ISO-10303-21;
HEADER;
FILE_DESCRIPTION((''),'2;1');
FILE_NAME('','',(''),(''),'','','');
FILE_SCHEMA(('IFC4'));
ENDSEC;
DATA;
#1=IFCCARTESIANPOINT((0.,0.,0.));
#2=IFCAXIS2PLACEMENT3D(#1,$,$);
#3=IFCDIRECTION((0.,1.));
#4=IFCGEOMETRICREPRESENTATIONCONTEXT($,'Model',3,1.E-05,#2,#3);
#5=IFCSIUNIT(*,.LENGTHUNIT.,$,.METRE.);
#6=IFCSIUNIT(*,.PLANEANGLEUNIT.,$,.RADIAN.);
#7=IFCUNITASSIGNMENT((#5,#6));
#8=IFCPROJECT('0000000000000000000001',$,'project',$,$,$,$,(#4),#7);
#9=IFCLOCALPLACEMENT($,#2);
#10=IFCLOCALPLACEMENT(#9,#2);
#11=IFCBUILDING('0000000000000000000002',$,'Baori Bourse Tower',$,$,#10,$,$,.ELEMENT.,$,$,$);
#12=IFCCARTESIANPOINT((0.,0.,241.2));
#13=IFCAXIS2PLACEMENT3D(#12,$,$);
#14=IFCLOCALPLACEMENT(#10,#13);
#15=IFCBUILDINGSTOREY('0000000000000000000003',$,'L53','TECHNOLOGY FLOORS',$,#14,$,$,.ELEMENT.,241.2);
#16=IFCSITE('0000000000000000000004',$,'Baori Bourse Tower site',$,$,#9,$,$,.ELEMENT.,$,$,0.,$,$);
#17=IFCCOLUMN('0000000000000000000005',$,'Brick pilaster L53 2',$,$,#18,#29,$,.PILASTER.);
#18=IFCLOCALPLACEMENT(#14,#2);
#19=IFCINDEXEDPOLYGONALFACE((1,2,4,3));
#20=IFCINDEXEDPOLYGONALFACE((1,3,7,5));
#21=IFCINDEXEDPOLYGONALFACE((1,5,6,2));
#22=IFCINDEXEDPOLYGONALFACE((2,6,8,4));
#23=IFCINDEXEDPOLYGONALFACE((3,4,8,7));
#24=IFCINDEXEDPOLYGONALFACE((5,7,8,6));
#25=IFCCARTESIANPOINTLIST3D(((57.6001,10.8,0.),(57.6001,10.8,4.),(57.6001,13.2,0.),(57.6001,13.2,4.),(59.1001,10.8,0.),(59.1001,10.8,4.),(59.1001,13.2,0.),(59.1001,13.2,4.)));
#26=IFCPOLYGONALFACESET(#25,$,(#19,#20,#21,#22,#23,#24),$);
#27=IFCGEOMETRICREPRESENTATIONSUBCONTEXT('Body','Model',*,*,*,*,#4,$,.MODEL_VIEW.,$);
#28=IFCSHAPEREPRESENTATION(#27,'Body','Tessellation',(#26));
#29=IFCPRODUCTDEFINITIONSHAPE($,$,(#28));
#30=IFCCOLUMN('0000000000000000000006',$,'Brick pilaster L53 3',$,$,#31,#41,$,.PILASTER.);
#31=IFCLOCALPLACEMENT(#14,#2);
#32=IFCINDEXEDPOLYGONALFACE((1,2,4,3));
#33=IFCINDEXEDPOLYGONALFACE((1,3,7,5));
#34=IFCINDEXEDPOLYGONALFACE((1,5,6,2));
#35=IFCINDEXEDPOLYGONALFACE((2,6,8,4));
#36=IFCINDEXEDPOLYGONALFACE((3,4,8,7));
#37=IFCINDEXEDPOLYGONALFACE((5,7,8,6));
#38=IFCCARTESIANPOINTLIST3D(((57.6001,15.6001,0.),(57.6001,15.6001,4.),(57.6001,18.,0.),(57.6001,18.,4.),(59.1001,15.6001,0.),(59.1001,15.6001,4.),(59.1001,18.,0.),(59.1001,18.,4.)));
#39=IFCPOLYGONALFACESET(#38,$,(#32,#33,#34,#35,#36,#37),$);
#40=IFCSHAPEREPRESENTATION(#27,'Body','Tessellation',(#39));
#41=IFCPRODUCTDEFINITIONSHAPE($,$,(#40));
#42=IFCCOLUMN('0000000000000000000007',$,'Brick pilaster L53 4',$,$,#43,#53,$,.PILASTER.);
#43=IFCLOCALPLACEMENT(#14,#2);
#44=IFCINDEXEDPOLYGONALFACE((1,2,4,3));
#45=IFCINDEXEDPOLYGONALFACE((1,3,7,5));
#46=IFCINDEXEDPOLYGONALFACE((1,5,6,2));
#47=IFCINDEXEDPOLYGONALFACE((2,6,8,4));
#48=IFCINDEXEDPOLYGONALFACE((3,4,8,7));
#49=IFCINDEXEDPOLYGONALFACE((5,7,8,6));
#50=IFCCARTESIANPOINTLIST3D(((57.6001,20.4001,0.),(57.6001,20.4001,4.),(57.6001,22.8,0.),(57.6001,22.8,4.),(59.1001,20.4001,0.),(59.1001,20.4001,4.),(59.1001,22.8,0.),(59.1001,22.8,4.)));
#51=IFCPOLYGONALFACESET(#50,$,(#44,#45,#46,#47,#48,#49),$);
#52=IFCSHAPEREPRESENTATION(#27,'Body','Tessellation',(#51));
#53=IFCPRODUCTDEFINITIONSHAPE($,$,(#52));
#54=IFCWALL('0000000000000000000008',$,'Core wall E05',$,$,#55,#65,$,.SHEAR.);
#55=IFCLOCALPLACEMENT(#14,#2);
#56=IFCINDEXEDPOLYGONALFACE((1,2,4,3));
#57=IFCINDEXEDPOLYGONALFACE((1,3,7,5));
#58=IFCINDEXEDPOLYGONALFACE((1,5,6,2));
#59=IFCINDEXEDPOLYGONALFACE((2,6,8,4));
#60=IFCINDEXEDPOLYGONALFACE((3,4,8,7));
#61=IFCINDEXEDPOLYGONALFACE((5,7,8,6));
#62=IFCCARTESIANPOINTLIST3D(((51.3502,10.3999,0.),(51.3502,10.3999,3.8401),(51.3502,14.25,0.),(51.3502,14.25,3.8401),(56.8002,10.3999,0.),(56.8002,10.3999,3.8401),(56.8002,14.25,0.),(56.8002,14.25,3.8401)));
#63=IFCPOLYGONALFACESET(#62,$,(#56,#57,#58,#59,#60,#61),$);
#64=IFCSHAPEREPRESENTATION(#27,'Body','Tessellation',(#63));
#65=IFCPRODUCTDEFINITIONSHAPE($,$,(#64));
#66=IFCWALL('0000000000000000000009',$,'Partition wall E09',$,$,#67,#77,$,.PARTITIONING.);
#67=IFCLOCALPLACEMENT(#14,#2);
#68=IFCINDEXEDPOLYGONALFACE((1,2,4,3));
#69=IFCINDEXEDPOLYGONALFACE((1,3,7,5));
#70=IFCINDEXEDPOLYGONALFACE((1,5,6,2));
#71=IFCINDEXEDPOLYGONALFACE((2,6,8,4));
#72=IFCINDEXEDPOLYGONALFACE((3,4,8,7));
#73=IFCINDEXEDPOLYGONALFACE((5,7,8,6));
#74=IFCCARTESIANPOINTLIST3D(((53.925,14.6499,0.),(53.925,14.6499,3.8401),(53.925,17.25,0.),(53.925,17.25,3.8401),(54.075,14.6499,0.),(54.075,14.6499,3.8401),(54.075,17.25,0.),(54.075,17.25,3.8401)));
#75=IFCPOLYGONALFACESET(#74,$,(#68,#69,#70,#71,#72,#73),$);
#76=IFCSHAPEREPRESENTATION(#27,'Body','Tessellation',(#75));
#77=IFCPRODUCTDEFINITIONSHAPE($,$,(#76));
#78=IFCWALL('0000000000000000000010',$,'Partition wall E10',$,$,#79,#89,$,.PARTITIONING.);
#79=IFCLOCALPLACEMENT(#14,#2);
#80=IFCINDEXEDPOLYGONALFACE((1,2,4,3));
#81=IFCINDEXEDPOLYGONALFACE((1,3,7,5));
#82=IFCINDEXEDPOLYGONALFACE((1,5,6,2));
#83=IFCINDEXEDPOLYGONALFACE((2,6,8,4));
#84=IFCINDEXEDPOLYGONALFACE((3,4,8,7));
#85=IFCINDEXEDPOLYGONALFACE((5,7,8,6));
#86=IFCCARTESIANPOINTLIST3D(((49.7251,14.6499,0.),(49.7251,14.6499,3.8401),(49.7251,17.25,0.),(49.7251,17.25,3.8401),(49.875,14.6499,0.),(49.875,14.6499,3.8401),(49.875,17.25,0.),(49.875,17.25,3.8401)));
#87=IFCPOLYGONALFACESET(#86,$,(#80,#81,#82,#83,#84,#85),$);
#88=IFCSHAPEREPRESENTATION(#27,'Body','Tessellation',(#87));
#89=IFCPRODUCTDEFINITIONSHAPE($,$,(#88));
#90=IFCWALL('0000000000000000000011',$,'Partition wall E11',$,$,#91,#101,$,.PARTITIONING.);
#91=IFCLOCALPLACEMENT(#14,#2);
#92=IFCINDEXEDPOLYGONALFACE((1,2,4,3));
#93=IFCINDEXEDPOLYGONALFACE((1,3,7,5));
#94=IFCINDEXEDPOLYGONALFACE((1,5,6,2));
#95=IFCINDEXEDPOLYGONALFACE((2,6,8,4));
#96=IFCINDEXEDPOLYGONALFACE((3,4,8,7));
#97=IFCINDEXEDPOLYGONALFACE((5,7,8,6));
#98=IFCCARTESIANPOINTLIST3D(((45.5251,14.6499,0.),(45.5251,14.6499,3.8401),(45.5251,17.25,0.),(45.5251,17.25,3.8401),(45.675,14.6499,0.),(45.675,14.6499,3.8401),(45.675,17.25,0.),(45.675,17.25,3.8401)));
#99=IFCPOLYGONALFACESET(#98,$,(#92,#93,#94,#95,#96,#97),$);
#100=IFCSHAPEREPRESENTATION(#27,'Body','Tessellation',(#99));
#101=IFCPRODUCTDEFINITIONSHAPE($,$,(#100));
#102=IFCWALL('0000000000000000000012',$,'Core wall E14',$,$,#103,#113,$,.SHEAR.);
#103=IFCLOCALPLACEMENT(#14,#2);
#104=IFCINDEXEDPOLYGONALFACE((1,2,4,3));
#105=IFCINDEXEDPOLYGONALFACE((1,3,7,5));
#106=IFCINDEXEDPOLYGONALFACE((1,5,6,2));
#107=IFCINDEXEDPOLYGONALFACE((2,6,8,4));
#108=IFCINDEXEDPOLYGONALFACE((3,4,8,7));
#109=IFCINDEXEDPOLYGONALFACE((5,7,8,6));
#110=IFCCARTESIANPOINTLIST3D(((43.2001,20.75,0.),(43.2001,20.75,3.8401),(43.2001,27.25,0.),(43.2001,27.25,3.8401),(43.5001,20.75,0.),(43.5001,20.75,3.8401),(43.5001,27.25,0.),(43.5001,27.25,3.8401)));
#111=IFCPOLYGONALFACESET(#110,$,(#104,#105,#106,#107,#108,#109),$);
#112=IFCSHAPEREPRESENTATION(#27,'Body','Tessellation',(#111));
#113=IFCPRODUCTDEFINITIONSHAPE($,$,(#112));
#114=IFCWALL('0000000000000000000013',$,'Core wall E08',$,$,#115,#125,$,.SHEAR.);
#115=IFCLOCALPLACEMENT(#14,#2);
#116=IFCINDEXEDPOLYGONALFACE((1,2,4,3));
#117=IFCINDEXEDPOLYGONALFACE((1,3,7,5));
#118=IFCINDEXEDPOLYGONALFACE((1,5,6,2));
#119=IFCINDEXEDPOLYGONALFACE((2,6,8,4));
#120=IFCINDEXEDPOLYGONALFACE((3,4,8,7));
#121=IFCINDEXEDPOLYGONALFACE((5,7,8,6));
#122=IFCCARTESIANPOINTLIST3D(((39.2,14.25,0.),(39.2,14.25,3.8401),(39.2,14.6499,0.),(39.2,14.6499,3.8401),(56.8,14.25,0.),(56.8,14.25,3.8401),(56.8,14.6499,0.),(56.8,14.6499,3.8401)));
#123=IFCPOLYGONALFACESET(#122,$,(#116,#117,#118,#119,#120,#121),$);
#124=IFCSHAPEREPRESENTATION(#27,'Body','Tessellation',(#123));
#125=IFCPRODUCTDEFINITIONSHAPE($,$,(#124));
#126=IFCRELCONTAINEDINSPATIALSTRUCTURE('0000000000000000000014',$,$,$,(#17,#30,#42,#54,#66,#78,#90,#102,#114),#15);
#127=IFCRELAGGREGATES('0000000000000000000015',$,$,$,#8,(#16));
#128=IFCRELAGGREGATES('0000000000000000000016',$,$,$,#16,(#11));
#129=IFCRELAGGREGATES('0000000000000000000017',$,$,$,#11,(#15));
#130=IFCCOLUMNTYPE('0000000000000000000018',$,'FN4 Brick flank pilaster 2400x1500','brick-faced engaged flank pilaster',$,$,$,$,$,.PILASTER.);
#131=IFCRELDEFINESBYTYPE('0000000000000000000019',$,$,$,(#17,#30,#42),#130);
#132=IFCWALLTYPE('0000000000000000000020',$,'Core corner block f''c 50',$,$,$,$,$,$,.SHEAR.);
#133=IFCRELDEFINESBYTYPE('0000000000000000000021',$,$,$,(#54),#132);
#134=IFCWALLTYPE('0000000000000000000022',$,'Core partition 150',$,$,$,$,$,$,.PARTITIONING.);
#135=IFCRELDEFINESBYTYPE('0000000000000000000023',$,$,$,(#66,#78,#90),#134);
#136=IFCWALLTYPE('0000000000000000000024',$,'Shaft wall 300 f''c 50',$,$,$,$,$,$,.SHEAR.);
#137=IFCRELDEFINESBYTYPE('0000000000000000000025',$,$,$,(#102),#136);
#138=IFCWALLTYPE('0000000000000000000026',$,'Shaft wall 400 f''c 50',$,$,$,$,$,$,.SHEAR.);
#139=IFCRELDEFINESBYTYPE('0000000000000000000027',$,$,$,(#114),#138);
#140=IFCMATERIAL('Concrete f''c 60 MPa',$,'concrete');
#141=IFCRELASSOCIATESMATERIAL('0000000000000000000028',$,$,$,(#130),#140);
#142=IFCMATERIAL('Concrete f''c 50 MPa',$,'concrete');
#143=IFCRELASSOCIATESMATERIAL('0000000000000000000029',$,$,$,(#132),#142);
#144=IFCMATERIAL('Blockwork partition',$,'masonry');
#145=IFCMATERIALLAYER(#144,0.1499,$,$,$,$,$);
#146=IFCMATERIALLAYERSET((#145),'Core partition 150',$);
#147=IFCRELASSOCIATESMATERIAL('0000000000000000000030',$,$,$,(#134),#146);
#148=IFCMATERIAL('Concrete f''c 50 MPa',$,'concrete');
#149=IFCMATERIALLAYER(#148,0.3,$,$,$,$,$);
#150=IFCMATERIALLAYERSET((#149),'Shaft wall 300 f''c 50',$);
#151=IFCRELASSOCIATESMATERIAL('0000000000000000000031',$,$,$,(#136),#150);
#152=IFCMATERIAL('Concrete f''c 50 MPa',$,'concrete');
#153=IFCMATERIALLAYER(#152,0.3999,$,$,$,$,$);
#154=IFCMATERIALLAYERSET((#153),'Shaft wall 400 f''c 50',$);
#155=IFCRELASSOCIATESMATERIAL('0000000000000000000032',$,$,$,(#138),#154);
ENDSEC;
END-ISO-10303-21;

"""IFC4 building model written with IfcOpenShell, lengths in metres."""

from ifc_helpers import new_model, si_unit, direction, frame, frame_2d, origin, origin_2d, place, context, subcontext, project, spatial, rectangle, extrude, material, layer, layer_set, material_profile, profile_set, type_object, element, save


model = new_model("IFC4")

# Units and contexts
model_context = context("Model", 3, precision=1e-05, world=origin(), true_north=direction((0.0, 1.0)))
body_context = subcontext(model_context, "Body", "Model", "MODEL_VIEW")
ifc_project = project(units=[si_unit("LENGTHUNIT", "METRE"), si_unit("PLANEANGLEUNIT", "RADIAN")], contexts=[model_context])

# Site, building, storey
site_placement = place(None, origin())
site = spatial("IfcSite", under=ifc_project, at=site_placement, Name="Baori Bourse Tower site", CompositionType="ELEMENT", RefElevation=0.0)
building_placement = place(site_placement, origin())
building = spatial("IfcBuilding", under=site, at=building_placement, Name="Baori Bourse Tower", CompositionType="ELEMENT")
storey_placement = place(building_placement, frame((0.0, 0.0, 241.2)))
storey = spatial("IfcBuildingStorey", under=building, at=storey_placement, Name="L53", Description="TECHNOLOGY FLOORS", CompositionType="ELEMENT", Elevation=241.2)

# Columns
ifc_material_1 = material(Name="Concrete f'c 60 MPa", Category="concrete")
ifc_material_profile = material_profile(ifc_material_1, rectangle(XDim=2.3999, YDim=1.5, at=origin_2d()), Name="RC 2400x1500")
ifc_profile_set = profile_set([ifc_material_profile], Name="Concrete f'c 60 MPa")
column_type = type_object("IfcColumnType", Name="FN4 Brick flank pilaster 2400x1500", Description="brick-faced engaged flank pilaster", PredefinedType="PILASTER", material=ifc_profile_set)
for number, where, z_axis, x_axis, name in (
    (1, (58.3501, 12.0, 0.0), (0.0, 0.0, 1.0), (0.0, 1.0, 0.0), "Brick pilaster L53 2"),
    (2, (58.3501, 16.8, 0.0), (0.0, 0.0, 1.0), (0.0, 1.0, 0.0), "Brick pilaster L53 3"),
    (3, (58.3501, 21.6001, 0.0), (0.0, 0.0, 1.0), (0.0, 1.0, 0.0), "Brick pilaster L53 4"),
):
    element("IfcColumn", number, at=place(storey_placement, frame(where, z_axis=z_axis, x_axis=x_axis)), inside=storey, type_object=column_type, Name=name, PredefinedType="PILASTER", context=body_context, shape_type="SweptSolid", body=[
        extrude(rectangle(XDim=2.3999, YDim=1.5, at=origin_2d()), origin(), (0.0, 0.0, 1.0), 4.0),
    ])

# Walls
ifc_material_2 = material(Name="Concrete f'c 50 MPa", Category="concrete")
wall_type_1 = type_object("IfcWallType", Name="Core corner block f'c 50", PredefinedType="SHEAR", material=ifc_material_2)
wall_1_placement = place(storey_placement, frame((51.3501, 12.325, 0.0), z_axis=(0.0, 0.0, 1.0), x_axis=(1.0, 0.0, 0.0)))
element("IfcWall", 4, at=wall_1_placement, inside=storey, type_object=wall_type_1, Name="Core wall E05", PredefinedType="SHEAR", context=body_context, shape_type="SweptSolid", body=[
    extrude(rectangle(XDim=5.45, YDim=3.8501, at=frame_2d((2.7251, 0.0))), origin(), (0.0, 0.0, 1.0), 3.8401),
])
ifc_material_3 = material(Name="Blockwork partition", Category="masonry")
ifc_layer_1 = layer(ifc_material_3, 0.1499)
ifc_layer_set_1 = layer_set([ifc_layer_1], Name="Core partition 150")
wall_type_2 = type_object("IfcWallType", Name="Core partition 150", PredefinedType="PARTITIONING", material=ifc_layer_set_1)
for number, where, z_axis, x_axis, name in (
    (5, (54.0, 14.6499, 0.0), (0.0, 0.0, 1.0), (0.0, 1.0, 0.0), "Partition wall E09"),
    (6, (49.8, 14.6499, 0.0), (0.0, 0.0, 1.0), (0.0, 1.0, 0.0), "Partition wall E10"),
    (7, (45.6001, 14.6499, 0.0), (0.0, 0.0, 1.0), (0.0, 1.0, 0.0), "Partition wall E11"),
):
    element("IfcWall", number, at=place(storey_placement, frame(where, z_axis=z_axis, x_axis=x_axis)), inside=storey, type_object=wall_type_2, Name=name, PredefinedType="PARTITIONING", context=body_context, shape_type="SweptSolid", body=[
        extrude(rectangle(XDim=2.6001, YDim=0.1499, at=frame_2d((1.3, 0.0))), origin(), (0.0, 0.0, 1.0), 3.8401),
    ])
ifc_material_4 = material(Name="Concrete f'c 50 MPa", Category="concrete")
ifc_layer_2 = layer(ifc_material_4, 0.3)
ifc_layer_set_2 = layer_set([ifc_layer_2], Name="Shaft wall 300 f'c 50")
wall_type_3 = type_object("IfcWallType", Name="Shaft wall 300 f'c 50", PredefinedType="SHEAR", material=ifc_layer_set_2)
wall_2_placement = place(storey_placement, frame((43.3501, 20.75, 0.0), z_axis=(0.0, 0.0, 1.0), x_axis=(0.0, 1.0, 0.0)))
element("IfcWall", 8, at=wall_2_placement, inside=storey, type_object=wall_type_3, Name="Core wall E14", PredefinedType="SHEAR", context=body_context, shape_type="SweptSolid", body=[
    extrude(rectangle(XDim=6.5, YDim=0.3, at=frame_2d((3.25, 0.0))), origin(), (0.0, 0.0, 1.0), 3.8401),
])
ifc_material_5 = material(Name="Concrete f'c 50 MPa", Category="concrete")
ifc_layer_3 = layer(ifc_material_5, 0.3999)
ifc_layer_set_3 = layer_set([ifc_layer_3], Name="Shaft wall 400 f'c 50")
wall_type_4 = type_object("IfcWallType", Name="Shaft wall 400 f'c 50", PredefinedType="SHEAR", material=ifc_layer_set_3)
wall_3_placement = place(storey_placement, frame((39.2, 14.45, 0.0), z_axis=(0.0, 0.0, 1.0), x_axis=(1.0, 0.0, 0.0)))
element("IfcWall", 9, at=wall_3_placement, inside=storey, type_object=wall_type_4, Name="Core wall E08", PredefinedType="SHEAR", context=body_context, shape_type="SweptSolid", body=[
    extrude(rectangle(XDim=17.6001, YDim=0.3999, at=frame_2d((8.8, 0.0))), origin(), (0.0, 0.0, 1.0), 3.8401),
])

save(model, "model.ifc")
